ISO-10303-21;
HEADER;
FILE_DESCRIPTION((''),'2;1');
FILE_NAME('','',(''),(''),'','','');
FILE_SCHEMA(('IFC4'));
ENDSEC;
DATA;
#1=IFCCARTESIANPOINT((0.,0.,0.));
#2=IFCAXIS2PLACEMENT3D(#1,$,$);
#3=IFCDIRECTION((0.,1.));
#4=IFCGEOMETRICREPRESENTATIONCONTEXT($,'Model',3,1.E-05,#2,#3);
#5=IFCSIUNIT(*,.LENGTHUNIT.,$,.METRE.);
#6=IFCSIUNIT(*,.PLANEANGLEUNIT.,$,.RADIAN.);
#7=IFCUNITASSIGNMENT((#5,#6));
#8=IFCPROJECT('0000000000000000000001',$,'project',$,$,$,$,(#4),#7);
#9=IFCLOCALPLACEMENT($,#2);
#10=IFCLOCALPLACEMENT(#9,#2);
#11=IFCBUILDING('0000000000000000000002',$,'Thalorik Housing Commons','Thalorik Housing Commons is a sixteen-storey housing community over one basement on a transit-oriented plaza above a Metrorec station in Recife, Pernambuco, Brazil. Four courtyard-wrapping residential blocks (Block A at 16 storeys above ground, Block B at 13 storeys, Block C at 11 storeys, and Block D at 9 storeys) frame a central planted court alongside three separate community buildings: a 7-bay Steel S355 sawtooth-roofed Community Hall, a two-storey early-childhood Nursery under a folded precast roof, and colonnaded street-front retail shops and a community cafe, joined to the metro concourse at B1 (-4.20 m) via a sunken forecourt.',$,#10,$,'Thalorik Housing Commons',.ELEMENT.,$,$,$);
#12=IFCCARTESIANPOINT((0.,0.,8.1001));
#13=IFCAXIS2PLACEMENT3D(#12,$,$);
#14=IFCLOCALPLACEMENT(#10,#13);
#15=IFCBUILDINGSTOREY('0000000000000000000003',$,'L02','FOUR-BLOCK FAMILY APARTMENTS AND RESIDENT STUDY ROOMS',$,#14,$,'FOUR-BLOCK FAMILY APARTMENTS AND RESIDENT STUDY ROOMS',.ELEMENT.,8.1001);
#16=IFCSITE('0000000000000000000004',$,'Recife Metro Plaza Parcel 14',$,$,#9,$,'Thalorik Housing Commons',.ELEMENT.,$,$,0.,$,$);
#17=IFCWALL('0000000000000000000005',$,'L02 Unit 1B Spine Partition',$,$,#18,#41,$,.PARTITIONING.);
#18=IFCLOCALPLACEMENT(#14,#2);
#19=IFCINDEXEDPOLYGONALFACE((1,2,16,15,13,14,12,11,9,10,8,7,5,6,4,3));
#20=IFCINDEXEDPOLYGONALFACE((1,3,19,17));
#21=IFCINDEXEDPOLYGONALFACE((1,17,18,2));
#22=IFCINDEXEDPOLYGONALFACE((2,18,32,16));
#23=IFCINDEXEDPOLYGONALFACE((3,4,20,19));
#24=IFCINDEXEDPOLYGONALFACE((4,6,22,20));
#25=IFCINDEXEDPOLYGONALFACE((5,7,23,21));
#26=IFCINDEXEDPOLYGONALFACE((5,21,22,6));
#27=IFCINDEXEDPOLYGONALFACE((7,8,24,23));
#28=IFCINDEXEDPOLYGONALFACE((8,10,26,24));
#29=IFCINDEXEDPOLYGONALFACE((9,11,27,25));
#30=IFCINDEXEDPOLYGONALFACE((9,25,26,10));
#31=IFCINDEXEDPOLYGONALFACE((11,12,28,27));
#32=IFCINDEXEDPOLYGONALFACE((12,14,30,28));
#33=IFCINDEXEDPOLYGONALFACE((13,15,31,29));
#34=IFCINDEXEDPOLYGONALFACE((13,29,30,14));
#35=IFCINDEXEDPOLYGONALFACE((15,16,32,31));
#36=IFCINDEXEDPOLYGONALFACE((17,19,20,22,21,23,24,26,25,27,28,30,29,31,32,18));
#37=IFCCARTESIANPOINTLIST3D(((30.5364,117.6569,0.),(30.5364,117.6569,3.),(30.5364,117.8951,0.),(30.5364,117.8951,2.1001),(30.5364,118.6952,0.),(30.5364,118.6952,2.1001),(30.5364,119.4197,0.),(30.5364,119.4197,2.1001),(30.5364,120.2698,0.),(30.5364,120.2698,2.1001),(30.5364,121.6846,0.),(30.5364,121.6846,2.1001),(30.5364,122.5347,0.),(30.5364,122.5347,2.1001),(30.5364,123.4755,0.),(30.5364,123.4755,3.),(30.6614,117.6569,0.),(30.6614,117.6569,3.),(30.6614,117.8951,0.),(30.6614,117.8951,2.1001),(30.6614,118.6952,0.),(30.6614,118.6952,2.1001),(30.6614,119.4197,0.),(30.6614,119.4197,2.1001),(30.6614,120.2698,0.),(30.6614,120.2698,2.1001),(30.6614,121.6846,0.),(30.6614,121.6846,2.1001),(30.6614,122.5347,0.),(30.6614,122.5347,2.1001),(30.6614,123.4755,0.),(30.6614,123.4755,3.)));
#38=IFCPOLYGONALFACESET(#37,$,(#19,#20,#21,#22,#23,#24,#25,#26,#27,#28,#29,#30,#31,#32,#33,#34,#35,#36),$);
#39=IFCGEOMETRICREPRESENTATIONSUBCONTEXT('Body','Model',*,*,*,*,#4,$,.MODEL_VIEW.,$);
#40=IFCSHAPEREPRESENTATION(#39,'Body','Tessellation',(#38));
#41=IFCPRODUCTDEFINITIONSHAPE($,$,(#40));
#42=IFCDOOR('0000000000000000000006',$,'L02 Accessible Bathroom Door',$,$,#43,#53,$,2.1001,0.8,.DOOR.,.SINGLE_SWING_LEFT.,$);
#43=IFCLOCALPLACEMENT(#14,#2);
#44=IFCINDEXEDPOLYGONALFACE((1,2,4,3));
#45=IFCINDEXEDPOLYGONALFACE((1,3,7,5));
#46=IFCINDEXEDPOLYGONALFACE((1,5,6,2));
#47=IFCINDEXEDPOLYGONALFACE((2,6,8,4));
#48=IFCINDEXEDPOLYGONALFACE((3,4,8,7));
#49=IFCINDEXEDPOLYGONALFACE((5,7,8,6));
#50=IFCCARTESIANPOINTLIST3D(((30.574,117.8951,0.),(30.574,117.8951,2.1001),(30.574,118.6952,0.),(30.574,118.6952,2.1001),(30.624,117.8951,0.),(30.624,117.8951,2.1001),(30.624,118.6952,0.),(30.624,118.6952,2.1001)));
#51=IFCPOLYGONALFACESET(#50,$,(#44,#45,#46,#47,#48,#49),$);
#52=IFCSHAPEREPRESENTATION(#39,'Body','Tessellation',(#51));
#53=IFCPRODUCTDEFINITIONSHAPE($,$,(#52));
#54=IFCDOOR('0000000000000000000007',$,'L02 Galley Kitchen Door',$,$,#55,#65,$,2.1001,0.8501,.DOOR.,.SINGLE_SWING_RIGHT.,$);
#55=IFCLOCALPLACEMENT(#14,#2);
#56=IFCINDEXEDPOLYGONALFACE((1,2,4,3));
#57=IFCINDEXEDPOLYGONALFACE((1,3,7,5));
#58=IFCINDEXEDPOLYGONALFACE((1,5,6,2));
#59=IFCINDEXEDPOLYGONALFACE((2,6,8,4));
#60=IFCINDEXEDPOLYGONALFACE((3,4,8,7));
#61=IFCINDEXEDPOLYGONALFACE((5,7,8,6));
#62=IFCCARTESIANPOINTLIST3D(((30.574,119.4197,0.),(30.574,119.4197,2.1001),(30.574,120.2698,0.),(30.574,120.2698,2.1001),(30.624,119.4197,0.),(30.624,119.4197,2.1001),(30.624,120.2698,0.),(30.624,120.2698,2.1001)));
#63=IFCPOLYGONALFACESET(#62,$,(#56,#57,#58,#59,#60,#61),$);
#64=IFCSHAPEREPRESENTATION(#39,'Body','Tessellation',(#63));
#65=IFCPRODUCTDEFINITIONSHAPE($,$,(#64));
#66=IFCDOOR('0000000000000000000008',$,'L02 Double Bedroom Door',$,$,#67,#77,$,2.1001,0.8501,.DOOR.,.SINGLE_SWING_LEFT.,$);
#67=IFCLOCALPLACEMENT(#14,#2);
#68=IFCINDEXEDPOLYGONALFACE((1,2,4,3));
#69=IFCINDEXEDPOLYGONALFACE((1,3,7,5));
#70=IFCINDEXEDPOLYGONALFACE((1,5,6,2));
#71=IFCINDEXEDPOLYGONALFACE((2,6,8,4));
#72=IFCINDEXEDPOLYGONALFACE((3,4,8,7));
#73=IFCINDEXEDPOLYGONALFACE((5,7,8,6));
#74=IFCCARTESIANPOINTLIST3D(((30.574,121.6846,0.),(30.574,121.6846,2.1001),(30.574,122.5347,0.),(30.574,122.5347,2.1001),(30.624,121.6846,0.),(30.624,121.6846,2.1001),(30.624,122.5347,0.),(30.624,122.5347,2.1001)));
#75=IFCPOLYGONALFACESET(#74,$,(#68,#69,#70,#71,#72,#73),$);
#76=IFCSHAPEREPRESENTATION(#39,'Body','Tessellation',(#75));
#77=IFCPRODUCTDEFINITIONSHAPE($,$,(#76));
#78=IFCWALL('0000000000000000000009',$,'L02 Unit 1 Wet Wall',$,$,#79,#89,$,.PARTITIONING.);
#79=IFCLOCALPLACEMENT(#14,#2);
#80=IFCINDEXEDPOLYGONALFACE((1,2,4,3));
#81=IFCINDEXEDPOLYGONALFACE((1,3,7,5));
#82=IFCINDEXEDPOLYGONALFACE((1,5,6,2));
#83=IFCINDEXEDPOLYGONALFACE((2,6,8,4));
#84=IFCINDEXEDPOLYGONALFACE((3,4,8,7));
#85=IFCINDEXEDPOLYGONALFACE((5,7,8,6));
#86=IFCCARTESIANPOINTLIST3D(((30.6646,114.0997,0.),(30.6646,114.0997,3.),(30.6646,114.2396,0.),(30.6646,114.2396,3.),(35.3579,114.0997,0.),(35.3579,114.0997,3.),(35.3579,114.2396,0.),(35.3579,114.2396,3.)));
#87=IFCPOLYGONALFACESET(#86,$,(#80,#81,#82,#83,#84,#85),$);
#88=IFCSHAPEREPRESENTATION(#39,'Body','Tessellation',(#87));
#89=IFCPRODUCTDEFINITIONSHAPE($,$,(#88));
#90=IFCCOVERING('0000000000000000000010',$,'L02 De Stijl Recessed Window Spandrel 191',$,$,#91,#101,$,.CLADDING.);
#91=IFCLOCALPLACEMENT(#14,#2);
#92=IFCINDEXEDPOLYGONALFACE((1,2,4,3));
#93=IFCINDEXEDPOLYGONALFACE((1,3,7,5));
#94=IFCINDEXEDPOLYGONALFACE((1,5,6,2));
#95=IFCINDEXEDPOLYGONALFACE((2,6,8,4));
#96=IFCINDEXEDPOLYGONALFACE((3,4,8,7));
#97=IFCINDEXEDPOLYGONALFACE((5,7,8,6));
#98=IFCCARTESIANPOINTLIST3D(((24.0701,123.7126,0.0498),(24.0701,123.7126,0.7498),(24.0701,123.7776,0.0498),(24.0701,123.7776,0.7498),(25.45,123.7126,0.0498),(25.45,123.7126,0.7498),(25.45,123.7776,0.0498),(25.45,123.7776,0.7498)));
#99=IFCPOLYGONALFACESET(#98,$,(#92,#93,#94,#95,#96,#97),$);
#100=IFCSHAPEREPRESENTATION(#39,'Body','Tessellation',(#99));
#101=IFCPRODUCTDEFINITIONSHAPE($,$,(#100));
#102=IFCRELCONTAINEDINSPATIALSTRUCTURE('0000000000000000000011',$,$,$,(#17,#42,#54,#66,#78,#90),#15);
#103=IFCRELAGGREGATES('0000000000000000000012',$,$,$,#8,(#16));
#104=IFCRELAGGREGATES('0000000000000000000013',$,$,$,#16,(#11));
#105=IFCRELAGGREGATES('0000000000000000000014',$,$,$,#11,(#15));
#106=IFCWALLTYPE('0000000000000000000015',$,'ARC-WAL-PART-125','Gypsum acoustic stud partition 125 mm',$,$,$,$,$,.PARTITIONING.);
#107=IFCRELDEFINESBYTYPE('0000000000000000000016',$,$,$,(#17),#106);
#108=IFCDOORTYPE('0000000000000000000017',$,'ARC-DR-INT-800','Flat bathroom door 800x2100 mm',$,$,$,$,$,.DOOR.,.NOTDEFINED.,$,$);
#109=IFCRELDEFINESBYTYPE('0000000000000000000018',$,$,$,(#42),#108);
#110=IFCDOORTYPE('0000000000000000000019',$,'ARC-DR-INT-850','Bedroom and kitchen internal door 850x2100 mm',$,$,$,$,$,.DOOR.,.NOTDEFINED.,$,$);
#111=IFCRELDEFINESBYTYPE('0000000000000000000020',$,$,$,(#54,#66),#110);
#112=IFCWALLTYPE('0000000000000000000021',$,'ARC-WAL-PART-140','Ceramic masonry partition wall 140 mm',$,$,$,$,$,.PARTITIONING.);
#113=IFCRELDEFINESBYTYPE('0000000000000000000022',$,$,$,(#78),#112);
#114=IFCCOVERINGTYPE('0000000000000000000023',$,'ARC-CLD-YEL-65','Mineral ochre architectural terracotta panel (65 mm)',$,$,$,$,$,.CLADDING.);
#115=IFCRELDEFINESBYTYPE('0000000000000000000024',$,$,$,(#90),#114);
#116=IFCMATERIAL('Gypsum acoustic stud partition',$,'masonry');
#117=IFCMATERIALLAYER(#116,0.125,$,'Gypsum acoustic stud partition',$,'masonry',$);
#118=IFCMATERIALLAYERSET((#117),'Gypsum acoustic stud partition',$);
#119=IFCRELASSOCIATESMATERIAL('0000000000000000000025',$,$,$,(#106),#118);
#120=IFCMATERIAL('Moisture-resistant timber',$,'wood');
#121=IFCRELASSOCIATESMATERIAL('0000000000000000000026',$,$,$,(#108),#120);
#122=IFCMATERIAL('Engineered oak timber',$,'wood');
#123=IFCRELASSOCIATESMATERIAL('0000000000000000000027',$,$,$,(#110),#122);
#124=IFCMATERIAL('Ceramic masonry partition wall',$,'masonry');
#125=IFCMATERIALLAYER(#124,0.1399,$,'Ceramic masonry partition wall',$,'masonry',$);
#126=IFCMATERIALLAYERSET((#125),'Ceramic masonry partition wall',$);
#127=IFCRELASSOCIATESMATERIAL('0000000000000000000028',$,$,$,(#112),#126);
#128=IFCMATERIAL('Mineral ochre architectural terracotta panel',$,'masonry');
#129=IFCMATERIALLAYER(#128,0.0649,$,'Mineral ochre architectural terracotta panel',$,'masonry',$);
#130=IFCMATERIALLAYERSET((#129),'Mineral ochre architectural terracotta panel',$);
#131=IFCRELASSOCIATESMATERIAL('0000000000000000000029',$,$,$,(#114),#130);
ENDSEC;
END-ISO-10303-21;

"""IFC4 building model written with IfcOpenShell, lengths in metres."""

from ifc_helpers import new_model, si_unit, direction, frame, frame_2d, origin, origin_2d, place, context, subcontext, project, spatial, rectangle, extrude, material, layer, layer_set, type_object, element, fill, save


model = new_model("IFC4")

# Units and contexts
model_context = context("Model", 3, precision=1e-05, world=origin(), true_north=direction((0.0, 1.0)))
body_context = subcontext(model_context, "Body", "Model", "MODEL_VIEW")
ifc_project = project(units=[si_unit("LENGTHUNIT", "METRE"), si_unit("PLANEANGLEUNIT", "RADIAN")], contexts=[model_context])

# Site, building, storey
site_placement = place(None, origin())
site = spatial("IfcSite", under=ifc_project, at=site_placement, Name="Recife Metro Plaza Parcel 14", LongName="Thalorik Housing Commons", CompositionType="ELEMENT", RefElevation=0.0)
building_placement = place(site_placement, origin())
building = spatial("IfcBuilding", under=site, at=building_placement, Name="Thalorik Housing Commons", Description="Thalorik Housing Commons is a sixteen-storey housing community over one basement on a transit-oriented plaza above a Metrorec station in Recife, Pernambuco, Brazil. Four courtyard-wrapping residential blocks (Block A at 16 storeys above ground, Block B at 13 storeys, Block C at 11 storeys, and Block D at 9 storeys) frame a central planted court alongside three separate community buildings: a 7-bay Steel S355 sawtooth-roofed Community Hall, a two-storey early-childhood Nursery under a folded precast roof, and colonnaded street-front retail shops and a community cafe, joined to the metro concourse at B1 (-4.20 m) via a sunken forecourt.", LongName="Thalorik Housing Commons", CompositionType="ELEMENT")
storey_placement = place(building_placement, frame((0.0, 0.0, 8.1001)))
storey = spatial("IfcBuildingStorey", under=building, at=storey_placement, Name="L02", Description="FOUR-BLOCK FAMILY APARTMENTS AND RESIDENT STUDY ROOMS", LongName="FOUR-BLOCK FAMILY APARTMENTS AND RESIDENT STUDY ROOMS", CompositionType="ELEMENT", Elevation=8.1001)

# Wall, openings, doors
ifc_material_1 = material(Name="Gypsum acoustic stud partition", Category="masonry")
ifc_layer_1 = layer(ifc_material_1, 0.125, Name="Gypsum acoustic stud partition", Category="masonry")
ifc_layer_set_1 = layer_set([ifc_layer_1], Name="Gypsum acoustic stud partition")
wall_type_1 = type_object("IfcWallType", Name="ARC-WAL-PART-125", Description="Gypsum acoustic stud partition 125 mm", PredefinedType="PARTITIONING", material=ifc_layer_set_1)
wall_1_placement = place(storey_placement, frame((30.5989, 117.657, 0.0), z_axis=(0.0, 0.0, 1.0), x_axis=(0.0, 1.0, 0.0)))
wall_1 = element("IfcWall", 1, at=wall_1_placement, inside=storey, type_object=wall_type_1, Name="L02 Unit 1B Spine Partition", PredefinedType="PARTITIONING", context=body_context, shape_type="SweptSolid", body=[
    extrude(rectangle(XDim=5.8186, YDim=0.125, at=frame_2d((2.9092, 0.0))), origin(), (0.0, 0.0, 1.0), 3.0),
])
opening_1_placement = place(wall_1_placement, frame((0.2383, 0.0, 0.0)))
opening_1 = element("IfcOpeningElement", 2, at=opening_1_placement, cuts=wall_1, PredefinedType="OPENING", context=body_context, shape_type="SweptSolid", body=[
    extrude(rectangle(XDim=0.8, YDim=2.1001, at=frame_2d((0.3999, 1.05))), frame((0.0, 0.0725, 0.0), z_axis=(0.0, -1.0, 0.0), x_axis=(1.0, 0.0, 0.0)), (0.0, 0.0, 1.0), 0.145),
])
opening_2_placement = place(wall_1_placement, frame((1.7627, 0.0, 0.0)))
opening_2 = element("IfcOpeningElement", 3, at=opening_2_placement, cuts=wall_1, PredefinedType="OPENING", context=body_context, shape_type="SweptSolid", body=[
    extrude(rectangle(XDim=0.8501, YDim=2.1001, at=frame_2d((0.425, 1.05))), frame((0.0, 0.0725, 0.0), z_axis=(0.0, -1.0, 0.0), x_axis=(1.0, 0.0, 0.0)), (0.0, 0.0, 1.0), 0.145),
])
opening_3_placement = place(wall_1_placement, frame((4.0276, 0.0, 0.0)))
opening_3 = element("IfcOpeningElement", 4, at=opening_3_placement, cuts=wall_1, PredefinedType="OPENING", context=body_context, shape_type="SweptSolid", body=[
    extrude(rectangle(XDim=0.8501, YDim=2.1001, at=frame_2d((0.425, 1.05))), frame((0.0, 0.0725, 0.0), z_axis=(0.0, -1.0, 0.0), x_axis=(1.0, 0.0, 0.0)), (0.0, 0.0, 1.0), 0.145),
])
ifc_material_2 = material(Name="Moisture-resistant timber", Category="wood")
door_type_1 = type_object("IfcDoorType", Name="ARC-DR-INT-800", Description="Flat bathroom door 800x2100 mm", OperationType="NOTDEFINED", PredefinedType="DOOR", material=ifc_material_2)
door_1_placement = place(opening_1_placement, origin())
door_1 = element("IfcDoor", 5, at=door_1_placement, inside=storey, type_object=door_type_1, Name="L02 Accessible Bathroom Door", OperationType="SINGLE_SWING_LEFT", OverallHeight=2.1001, OverallWidth=0.8, PredefinedType="DOOR", context=body_context, shape_type="SweptSolid", body=[
    extrude(rectangle(XDim=0.8, YDim=2.1001, at=frame_2d((0.3999, 1.05))), frame((0.0, 0.0249, 0.0), z_axis=(0.0, -1.0, 0.0), x_axis=(1.0, 0.0, 0.0)), (0.0, 0.0, 1.0), 0.05),
])
fill(opening_1, door_1)
ifc_material_3 = material(Name="Engineered oak timber", Category="wood")
door_type_2 = type_object("IfcDoorType", Name="ARC-DR-INT-850", Description="Bedroom and kitchen internal door 850x2100 mm", OperationType="NOTDEFINED", PredefinedType="DOOR", material=ifc_material_3)
door_2_placement = place(opening_2_placement, origin())
door_2 = element("IfcDoor", 6, at=door_2_placement, inside=storey, type_object=door_type_2, Name="L02 Galley Kitchen Door", OperationType="SINGLE_SWING_RIGHT", OverallHeight=2.1001, OverallWidth=0.8501, PredefinedType="DOOR", context=body_context, shape_type="SweptSolid", body=[
    extrude(rectangle(XDim=0.8501, YDim=2.1001, at=frame_2d((0.425, 1.05))), frame((0.0, 0.0249, 0.0), z_axis=(0.0, -1.0, 0.0), x_axis=(1.0, 0.0, 0.0)), (0.0, 0.0, 1.0), 0.05),
])
fill(opening_2, door_2)
door_3_placement = place(opening_3_placement, origin())
door_3 = element("IfcDoor", 7, at=door_3_placement, inside=storey, type_object=door_type_2, Name="L02 Double Bedroom Door", OperationType="SINGLE_SWING_LEFT", OverallHeight=2.1001, OverallWidth=0.8501, PredefinedType="DOOR", context=body_context, shape_type="SweptSolid", body=[
    extrude(rectangle(XDim=0.8501, YDim=2.1001, at=frame_2d((0.425, 1.05))), frame((0.0, 0.0249, 0.0), z_axis=(0.0, -1.0, 0.0), x_axis=(1.0, 0.0, 0.0)), (0.0, 0.0, 1.0), 0.05),
])
fill(opening_3, door_3)

# Wall
ifc_material_4 = material(Name="Ceramic masonry partition wall", Category="masonry")
ifc_layer_2 = layer(ifc_material_4, 0.1399, Name="Ceramic masonry partition wall", Category="masonry")
ifc_layer_set_2 = layer_set([ifc_layer_2], Name="Ceramic masonry partition wall")
wall_type_2 = type_object("IfcWallType", Name="ARC-WAL-PART-140", Description="Ceramic masonry partition wall 140 mm", PredefinedType="PARTITIONING", material=ifc_layer_set_2)
wall_2_placement = place(storey_placement, frame((30.6646, 114.1697, 0.0), z_axis=(0.0, 0.0, 1.0), x_axis=(1.0, 0.0, 0.0)))
element("IfcWall", 8, at=wall_2_placement, inside=storey, type_object=wall_type_2, Name="L02 Unit 1 Wet Wall", PredefinedType="PARTITIONING", context=body_context, shape_type="SweptSolid", body=[
    extrude(rectangle(XDim=4.6934, YDim=0.1399, at=frame_2d((2.3467, 0.0))), origin(), (0.0, 0.0, 1.0), 3.0),
])

# Covering
ifc_material_5 = material(Name="Mineral ochre architectural terracotta panel", Category="masonry")
ifc_layer_3 = layer(ifc_material_5, 0.0649, Name="Mineral ochre architectural terracotta panel", Category="masonry")
ifc_layer_set_3 = layer_set([ifc_layer_3], Name="Mineral ochre architectural terracotta panel")
covering_type_1 = type_object("IfcCoveringType", Name="ARC-CLD-YEL-65", Description="Mineral ochre architectural terracotta panel (65 mm)", PredefinedType="CLADDING", material=ifc_layer_set_3)
covering_1_placement = place(storey_placement, frame((24.76, 123.7451, 0.0498), z_axis=(0.0, 0.0, 1.0), x_axis=(-1.0, 0.0, 0.0)))
element("IfcCovering", 9, at=covering_1_placement, inside=storey, type_object=covering_type_1, Name="L02 De Stijl Recessed Window Spandrel 191", PredefinedType="CLADDING", context=body_context, shape_type="SweptSolid", body=[
    extrude(rectangle(XDim=1.3799, YDim=0.0649, at=origin_2d()), origin(), (0.0, 0.0, 1.0), 0.7),
])

save(model, "model.ifc")
